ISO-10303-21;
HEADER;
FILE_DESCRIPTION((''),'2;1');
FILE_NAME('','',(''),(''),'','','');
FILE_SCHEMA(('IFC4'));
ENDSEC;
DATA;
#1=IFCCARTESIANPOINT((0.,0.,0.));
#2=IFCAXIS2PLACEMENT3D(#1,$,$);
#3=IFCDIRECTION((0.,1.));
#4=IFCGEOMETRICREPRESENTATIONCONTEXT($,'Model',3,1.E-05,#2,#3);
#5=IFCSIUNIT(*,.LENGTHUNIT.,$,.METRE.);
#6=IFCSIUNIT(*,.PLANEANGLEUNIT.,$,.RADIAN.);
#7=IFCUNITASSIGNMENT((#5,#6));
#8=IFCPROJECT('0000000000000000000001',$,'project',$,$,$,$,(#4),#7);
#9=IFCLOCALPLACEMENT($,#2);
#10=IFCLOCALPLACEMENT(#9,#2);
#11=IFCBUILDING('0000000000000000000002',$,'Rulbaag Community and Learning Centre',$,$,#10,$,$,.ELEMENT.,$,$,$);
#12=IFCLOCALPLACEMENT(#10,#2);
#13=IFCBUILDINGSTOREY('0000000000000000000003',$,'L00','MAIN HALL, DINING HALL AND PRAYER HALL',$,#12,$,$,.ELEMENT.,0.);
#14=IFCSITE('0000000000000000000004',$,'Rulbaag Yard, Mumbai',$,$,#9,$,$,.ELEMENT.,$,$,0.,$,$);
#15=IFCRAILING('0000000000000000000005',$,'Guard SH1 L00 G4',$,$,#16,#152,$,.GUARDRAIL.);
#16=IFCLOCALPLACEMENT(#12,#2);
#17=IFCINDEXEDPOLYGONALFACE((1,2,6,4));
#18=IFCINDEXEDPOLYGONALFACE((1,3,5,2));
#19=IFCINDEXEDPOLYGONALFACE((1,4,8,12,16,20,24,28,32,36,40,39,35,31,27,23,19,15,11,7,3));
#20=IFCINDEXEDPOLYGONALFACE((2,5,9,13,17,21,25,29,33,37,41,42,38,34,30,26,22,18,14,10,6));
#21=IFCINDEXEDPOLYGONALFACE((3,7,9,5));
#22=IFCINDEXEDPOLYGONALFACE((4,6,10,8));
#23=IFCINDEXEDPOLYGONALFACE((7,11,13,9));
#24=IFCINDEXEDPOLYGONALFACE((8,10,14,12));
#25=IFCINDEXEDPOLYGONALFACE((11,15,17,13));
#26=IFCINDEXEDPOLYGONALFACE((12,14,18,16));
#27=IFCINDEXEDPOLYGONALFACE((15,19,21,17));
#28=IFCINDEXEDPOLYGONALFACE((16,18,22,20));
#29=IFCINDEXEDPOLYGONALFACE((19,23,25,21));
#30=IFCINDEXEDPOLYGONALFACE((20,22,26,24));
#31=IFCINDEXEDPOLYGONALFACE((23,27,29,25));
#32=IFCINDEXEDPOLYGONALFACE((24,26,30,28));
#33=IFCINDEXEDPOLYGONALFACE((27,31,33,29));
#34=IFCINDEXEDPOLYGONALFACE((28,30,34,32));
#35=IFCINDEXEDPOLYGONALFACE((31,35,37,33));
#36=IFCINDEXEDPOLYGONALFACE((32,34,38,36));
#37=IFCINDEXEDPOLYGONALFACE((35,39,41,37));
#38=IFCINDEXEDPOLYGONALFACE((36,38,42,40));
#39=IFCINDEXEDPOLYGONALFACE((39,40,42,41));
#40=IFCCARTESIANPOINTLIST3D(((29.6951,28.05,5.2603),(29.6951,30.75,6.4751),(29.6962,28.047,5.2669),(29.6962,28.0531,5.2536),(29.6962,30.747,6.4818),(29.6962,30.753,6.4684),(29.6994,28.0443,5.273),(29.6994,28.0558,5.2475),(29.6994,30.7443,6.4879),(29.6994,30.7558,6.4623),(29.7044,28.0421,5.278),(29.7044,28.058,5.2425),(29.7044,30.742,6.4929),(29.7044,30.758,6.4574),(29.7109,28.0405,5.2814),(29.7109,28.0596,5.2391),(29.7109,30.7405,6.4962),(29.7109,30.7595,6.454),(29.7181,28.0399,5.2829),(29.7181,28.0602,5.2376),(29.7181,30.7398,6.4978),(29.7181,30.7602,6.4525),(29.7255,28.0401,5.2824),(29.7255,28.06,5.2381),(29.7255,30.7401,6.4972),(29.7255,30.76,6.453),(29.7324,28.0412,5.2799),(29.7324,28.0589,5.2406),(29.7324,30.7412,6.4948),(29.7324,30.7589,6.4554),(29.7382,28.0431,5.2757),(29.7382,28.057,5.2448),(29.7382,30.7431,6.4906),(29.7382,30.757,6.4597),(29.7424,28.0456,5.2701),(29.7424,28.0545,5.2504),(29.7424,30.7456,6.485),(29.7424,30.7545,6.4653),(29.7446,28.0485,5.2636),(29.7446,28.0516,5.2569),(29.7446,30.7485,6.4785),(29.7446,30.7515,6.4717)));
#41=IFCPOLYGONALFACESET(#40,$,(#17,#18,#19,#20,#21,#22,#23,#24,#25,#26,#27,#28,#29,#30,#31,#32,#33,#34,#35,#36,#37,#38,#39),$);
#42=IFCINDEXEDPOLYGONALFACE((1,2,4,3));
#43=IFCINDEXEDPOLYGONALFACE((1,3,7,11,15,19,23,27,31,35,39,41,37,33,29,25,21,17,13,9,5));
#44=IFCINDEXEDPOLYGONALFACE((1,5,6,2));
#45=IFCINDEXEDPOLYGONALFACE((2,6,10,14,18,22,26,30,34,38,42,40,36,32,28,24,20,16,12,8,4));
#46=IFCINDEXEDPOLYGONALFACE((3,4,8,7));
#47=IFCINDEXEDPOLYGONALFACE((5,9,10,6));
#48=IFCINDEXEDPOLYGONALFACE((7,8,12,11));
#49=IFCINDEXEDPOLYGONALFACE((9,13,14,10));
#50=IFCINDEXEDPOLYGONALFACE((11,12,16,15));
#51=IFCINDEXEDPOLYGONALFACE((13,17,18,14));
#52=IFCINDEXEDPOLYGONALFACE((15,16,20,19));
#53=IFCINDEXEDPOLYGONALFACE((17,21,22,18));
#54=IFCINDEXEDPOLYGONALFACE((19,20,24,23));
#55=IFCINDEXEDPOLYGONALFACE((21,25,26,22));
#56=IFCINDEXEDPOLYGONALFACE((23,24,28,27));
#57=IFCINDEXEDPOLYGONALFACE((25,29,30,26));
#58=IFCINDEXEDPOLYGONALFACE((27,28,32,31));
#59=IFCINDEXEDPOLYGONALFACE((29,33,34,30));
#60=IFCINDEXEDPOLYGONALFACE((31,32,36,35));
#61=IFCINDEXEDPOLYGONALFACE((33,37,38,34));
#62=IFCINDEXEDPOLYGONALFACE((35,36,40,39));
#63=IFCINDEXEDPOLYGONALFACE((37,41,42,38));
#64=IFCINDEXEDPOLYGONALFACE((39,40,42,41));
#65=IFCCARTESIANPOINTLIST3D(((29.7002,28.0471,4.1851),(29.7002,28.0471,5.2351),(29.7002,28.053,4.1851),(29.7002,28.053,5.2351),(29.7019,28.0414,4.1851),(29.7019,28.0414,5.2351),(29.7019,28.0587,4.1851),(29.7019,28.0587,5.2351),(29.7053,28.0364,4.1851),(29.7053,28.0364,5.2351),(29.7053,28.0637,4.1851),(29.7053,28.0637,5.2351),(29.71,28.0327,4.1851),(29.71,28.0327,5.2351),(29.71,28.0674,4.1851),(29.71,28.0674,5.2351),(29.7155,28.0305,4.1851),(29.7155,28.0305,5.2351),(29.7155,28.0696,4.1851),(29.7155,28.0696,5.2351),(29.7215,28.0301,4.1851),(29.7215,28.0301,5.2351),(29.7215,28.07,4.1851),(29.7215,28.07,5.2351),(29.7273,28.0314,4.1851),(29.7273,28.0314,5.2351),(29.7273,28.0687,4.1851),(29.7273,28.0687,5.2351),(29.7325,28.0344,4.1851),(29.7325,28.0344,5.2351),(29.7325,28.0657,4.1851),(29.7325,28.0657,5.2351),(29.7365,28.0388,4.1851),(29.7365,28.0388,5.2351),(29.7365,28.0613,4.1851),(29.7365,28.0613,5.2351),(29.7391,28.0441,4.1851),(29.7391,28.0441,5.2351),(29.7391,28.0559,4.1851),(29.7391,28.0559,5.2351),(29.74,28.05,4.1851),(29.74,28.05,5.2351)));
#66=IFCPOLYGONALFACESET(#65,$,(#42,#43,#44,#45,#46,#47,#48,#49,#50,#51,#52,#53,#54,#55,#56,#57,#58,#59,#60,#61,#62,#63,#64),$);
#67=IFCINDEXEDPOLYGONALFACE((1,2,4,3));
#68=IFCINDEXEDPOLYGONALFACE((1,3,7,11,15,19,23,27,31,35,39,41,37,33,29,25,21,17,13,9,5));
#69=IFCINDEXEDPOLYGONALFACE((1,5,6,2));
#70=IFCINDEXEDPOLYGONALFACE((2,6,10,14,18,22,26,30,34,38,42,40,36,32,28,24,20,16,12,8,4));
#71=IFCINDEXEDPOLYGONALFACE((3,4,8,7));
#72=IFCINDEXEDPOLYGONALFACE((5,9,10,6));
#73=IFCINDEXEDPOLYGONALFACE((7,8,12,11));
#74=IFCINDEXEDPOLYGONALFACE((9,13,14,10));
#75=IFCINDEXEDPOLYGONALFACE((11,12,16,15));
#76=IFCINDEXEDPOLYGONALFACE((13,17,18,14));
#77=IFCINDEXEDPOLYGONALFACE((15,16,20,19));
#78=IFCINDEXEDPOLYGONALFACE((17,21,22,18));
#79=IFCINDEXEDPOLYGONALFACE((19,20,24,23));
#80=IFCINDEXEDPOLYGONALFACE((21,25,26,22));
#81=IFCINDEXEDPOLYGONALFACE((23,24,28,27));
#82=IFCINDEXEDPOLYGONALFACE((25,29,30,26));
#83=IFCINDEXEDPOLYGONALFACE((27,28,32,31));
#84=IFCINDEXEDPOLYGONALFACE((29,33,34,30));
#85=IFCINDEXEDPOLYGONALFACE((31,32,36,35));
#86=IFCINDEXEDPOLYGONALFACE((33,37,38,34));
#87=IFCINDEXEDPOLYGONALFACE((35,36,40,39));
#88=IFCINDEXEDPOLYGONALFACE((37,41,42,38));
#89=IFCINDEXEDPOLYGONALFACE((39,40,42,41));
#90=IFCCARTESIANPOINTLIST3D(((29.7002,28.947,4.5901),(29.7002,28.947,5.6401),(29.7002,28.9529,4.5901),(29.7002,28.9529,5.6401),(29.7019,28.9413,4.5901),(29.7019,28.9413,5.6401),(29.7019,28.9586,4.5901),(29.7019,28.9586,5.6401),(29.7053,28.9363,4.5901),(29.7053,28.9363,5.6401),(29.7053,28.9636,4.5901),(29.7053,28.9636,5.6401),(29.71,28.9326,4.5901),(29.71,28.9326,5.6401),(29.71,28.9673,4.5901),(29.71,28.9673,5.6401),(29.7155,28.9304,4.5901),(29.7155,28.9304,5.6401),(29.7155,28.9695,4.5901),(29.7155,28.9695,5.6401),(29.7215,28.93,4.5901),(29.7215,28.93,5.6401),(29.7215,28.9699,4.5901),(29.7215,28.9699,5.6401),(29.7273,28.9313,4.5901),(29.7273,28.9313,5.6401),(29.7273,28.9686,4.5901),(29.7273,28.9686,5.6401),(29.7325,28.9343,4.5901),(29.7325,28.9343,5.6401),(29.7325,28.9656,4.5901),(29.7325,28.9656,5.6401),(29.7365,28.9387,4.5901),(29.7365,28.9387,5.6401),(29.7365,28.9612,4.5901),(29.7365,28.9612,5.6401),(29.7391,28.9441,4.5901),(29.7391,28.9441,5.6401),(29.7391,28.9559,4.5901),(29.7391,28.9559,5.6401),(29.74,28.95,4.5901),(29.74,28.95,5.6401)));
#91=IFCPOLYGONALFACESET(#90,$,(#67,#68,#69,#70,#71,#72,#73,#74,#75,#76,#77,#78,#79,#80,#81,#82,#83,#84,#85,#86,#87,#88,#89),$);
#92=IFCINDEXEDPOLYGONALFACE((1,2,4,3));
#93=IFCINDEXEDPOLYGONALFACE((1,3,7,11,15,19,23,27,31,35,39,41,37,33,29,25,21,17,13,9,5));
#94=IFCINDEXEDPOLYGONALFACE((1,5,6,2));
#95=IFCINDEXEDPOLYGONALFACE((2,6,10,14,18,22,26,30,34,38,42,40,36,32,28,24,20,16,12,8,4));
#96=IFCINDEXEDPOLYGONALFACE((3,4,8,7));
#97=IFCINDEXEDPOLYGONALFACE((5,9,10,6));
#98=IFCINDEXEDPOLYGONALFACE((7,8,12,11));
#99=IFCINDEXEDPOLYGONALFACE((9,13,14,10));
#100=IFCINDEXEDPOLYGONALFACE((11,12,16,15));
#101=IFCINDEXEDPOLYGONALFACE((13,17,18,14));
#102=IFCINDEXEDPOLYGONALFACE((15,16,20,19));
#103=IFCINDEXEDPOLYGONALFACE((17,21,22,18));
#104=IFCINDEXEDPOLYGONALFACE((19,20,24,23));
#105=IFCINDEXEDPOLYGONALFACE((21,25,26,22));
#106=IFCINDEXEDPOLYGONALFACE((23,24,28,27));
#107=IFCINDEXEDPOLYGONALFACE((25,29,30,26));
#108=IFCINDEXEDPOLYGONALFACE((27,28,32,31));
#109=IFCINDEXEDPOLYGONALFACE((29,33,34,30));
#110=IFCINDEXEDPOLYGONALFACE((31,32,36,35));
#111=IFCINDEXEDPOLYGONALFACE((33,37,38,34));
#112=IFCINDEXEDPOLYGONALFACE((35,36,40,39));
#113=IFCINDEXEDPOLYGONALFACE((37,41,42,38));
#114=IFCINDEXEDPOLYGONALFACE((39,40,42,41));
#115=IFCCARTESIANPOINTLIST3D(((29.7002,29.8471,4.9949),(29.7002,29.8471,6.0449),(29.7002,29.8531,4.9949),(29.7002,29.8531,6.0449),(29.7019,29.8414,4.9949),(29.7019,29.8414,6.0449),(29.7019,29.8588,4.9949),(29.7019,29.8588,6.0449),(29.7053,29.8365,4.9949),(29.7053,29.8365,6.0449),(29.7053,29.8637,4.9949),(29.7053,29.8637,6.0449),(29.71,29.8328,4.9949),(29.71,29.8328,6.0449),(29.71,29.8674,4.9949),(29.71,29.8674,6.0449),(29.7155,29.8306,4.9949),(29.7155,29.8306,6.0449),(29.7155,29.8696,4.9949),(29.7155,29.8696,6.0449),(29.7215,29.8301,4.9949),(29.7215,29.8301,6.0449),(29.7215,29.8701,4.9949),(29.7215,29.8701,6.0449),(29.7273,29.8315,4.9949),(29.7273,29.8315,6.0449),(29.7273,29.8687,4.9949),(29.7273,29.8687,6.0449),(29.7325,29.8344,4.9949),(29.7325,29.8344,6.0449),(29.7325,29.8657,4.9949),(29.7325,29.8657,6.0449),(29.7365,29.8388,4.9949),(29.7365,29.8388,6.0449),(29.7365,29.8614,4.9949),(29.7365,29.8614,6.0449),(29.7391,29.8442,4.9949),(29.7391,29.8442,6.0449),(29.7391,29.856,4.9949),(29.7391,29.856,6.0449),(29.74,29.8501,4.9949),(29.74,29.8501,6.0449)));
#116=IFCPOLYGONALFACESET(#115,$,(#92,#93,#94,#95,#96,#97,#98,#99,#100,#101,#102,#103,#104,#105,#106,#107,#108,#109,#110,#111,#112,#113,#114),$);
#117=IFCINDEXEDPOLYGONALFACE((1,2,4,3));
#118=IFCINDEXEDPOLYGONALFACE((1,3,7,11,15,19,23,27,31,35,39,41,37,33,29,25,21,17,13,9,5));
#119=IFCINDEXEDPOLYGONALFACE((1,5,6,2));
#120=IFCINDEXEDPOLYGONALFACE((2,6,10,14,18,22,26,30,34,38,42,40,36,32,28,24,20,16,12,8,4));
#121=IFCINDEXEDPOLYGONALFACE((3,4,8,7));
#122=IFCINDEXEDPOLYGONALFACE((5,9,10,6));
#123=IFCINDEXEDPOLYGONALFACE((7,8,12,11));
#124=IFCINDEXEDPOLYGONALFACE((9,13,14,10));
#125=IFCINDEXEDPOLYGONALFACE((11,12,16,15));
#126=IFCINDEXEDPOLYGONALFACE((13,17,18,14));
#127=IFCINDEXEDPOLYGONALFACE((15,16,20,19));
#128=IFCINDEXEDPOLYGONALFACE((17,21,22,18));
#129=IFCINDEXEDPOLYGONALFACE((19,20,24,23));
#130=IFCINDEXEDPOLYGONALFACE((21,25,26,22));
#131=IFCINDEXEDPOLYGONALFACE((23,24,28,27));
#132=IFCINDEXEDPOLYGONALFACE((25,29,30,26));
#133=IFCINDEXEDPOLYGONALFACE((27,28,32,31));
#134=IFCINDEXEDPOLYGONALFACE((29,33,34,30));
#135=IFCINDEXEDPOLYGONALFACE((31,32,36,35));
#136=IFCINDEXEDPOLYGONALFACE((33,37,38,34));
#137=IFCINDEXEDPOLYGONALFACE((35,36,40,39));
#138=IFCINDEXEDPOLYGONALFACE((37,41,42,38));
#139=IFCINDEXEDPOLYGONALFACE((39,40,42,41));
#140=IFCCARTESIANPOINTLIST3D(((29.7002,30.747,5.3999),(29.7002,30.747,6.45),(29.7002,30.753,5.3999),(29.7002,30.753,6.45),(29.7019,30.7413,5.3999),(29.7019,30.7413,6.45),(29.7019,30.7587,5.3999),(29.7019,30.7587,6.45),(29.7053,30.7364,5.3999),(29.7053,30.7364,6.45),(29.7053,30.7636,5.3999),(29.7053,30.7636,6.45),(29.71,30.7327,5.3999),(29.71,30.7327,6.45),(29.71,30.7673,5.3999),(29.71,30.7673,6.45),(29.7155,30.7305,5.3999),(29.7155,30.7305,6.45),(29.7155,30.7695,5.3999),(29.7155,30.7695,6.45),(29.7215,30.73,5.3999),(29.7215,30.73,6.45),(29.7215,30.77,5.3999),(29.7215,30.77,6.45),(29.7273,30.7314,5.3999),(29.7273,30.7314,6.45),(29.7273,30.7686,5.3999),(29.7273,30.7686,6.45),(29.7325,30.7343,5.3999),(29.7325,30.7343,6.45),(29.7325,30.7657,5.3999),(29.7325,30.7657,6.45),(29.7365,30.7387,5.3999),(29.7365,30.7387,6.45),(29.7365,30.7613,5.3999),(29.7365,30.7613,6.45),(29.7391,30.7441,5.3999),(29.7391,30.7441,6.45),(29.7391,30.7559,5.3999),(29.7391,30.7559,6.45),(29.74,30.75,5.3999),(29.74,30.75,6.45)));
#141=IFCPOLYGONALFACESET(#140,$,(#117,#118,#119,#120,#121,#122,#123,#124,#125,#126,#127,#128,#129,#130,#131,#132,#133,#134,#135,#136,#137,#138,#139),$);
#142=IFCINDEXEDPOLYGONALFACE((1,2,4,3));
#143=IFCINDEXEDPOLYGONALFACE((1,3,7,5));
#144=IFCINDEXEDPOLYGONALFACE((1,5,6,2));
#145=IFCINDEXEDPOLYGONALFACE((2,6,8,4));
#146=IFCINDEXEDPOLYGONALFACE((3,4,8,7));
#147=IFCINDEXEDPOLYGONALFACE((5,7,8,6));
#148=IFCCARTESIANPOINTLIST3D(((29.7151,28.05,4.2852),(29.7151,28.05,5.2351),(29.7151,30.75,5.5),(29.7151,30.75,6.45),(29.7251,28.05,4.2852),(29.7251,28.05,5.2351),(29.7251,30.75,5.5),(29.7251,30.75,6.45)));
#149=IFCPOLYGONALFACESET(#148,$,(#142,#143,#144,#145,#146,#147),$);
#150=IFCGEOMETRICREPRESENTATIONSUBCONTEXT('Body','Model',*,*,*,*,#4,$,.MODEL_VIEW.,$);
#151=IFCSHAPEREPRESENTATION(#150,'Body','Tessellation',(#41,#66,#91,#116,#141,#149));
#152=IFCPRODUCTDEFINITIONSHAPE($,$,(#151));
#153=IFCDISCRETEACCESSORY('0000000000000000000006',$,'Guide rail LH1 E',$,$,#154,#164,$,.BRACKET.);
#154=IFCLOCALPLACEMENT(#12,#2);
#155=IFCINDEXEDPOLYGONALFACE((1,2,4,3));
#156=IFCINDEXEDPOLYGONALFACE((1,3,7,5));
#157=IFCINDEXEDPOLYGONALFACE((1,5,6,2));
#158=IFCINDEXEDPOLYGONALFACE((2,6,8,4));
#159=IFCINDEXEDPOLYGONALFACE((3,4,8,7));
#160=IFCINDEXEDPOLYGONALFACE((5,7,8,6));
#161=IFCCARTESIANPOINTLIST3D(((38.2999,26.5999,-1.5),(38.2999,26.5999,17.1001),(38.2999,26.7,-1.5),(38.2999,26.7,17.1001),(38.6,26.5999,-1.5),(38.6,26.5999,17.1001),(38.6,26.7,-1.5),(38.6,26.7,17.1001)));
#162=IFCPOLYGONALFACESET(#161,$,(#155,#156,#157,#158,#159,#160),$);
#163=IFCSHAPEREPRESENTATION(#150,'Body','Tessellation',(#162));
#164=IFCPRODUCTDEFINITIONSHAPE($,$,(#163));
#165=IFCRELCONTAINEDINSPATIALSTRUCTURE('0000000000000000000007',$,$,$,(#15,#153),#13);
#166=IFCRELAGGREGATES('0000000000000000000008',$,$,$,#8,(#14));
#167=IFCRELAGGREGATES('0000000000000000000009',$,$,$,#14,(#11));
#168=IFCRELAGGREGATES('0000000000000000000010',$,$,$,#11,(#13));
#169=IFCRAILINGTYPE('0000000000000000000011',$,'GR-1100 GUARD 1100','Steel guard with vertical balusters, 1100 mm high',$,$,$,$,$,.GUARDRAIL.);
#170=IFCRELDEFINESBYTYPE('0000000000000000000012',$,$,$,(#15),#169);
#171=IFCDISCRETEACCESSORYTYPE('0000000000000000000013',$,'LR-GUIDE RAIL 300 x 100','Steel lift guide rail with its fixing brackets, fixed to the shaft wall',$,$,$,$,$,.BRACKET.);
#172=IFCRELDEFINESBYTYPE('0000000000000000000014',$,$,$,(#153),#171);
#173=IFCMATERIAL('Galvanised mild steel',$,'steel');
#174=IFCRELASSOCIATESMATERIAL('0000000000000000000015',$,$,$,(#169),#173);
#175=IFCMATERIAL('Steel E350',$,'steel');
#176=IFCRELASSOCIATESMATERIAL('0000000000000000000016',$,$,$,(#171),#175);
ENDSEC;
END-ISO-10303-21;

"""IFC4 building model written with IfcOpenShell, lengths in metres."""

from ifc_helpers import new_model, si_unit, direction, frame, origin, origin_2d, place, context, subcontext, project, spatial, polyline, rectangle, circle, outline, extrude, material, type_object, element, save


model = new_model("IFC4")

# Units and contexts
model_context = context("Model", 3, precision=1e-05, world=origin(), true_north=direction((0.0, 1.0)))
body_context = subcontext(model_context, "Body", "Model", "MODEL_VIEW")
ifc_project = project(units=[si_unit("LENGTHUNIT", "METRE"), si_unit("PLANEANGLEUNIT", "RADIAN")], contexts=[model_context])

# Site, building, storey
site_placement = place(None, origin())
site = spatial("IfcSite", under=ifc_project, at=site_placement, Name="Rulbaag Yard, Mumbai", CompositionType="ELEMENT", RefElevation=0.0)
building_placement = place(site_placement, origin())
building = spatial("IfcBuilding", under=site, at=building_placement, Name="Rulbaag Community and Learning Centre", CompositionType="ELEMENT")
storey_placement = place(building_placement, origin())
storey = spatial("IfcBuildingStorey", under=building, at=storey_placement, Name="L00", Description="MAIN HALL, DINING HALL AND PRAYER HALL", CompositionType="ELEMENT", Elevation=0.0)

# Railing
ifc_material_1 = material(Name="Galvanised mild steel", Category="steel")
railing_type_1 = type_object("IfcRailingType", Name="GR-1100 GUARD 1100", Description="Steel guard with vertical balusters, 1100 mm high", PredefinedType="GUARDRAIL", material=ifc_material_1)
railing_1_placement = place(storey_placement, frame((29.72, 28.05, 4.1851)))
element("IfcRailing", 1, at=railing_1_placement, inside=storey, type_object=railing_type_1, Name="Guard SH1 L00 G4", PredefinedType="GUARDRAIL", context=body_context, shape_type="SweptSolid", body=[
    extrude(circle(Radius=0.0249, at=origin_2d()), frame((0.0, 0.0, 1.0752), z_axis=(0.0, 0.911938, 0.410327), x_axis=(-1.0, 0.0, 0.0)), (0.0, 0.0, 1.0), 2.9607),
    extrude(circle(Radius=0.02, at=origin_2d()), origin(), (0.0, 0.0, 1.0), 1.05),
    extrude(circle(Radius=0.02, at=origin_2d()), frame((0.0, 0.8999, 0.405)), (0.0, 0.0, 1.0), 1.05),
    extrude(circle(Radius=0.02, at=origin_2d()), frame((0.0, 1.8, 0.8098)), (0.0, 0.0, 1.0), 1.05),
    extrude(circle(Radius=0.02, at=origin_2d()), frame((0.0, 2.7, 1.2148)), (0.0, 0.0, 1.0), 1.05),
    extrude(outline(polyline([(0.0, 0.0), (2.7, 1.2148), (2.7, 2.1648), (0.0, 0.95), (0.0, 0.0)])), frame((-0.0049, 0.0, 0.1001), z_axis=(1.0, 0.0, 0.0), x_axis=(0.0, 1.0, 0.0)), (0.0, 0.0, 1.0), 0.01),
])

# Discrete accessory
ifc_material_2 = material(Name="Steel E350", Category="steel")
discrete_accessory_type = type_object("IfcDiscreteAccessoryType", Name="LR-GUIDE RAIL 300 x 100", Description="Steel lift guide rail with its fixing brackets, fixed to the shaft wall", PredefinedType="BRACKET", material=ifc_material_2)
discrete_accessory_placement = place(storey_placement, frame((38.45, 26.6499, -1.5), z_axis=(0.0, 0.0, 1.0), x_axis=(1.0, 0.0, 0.0)))
element("IfcDiscreteAccessory", 2, at=discrete_accessory_placement, inside=storey, type_object=discrete_accessory_type, Name="Guide rail LH1 E", PredefinedType="BRACKET", context=body_context, shape_type="SweptSolid", body=[
    extrude(rectangle(XDim=0.3, YDim=0.1001, at=origin_2d()), origin(), (0.0, 0.0, 1.0), 18.6001),
])

save(model, "model.ifc")
